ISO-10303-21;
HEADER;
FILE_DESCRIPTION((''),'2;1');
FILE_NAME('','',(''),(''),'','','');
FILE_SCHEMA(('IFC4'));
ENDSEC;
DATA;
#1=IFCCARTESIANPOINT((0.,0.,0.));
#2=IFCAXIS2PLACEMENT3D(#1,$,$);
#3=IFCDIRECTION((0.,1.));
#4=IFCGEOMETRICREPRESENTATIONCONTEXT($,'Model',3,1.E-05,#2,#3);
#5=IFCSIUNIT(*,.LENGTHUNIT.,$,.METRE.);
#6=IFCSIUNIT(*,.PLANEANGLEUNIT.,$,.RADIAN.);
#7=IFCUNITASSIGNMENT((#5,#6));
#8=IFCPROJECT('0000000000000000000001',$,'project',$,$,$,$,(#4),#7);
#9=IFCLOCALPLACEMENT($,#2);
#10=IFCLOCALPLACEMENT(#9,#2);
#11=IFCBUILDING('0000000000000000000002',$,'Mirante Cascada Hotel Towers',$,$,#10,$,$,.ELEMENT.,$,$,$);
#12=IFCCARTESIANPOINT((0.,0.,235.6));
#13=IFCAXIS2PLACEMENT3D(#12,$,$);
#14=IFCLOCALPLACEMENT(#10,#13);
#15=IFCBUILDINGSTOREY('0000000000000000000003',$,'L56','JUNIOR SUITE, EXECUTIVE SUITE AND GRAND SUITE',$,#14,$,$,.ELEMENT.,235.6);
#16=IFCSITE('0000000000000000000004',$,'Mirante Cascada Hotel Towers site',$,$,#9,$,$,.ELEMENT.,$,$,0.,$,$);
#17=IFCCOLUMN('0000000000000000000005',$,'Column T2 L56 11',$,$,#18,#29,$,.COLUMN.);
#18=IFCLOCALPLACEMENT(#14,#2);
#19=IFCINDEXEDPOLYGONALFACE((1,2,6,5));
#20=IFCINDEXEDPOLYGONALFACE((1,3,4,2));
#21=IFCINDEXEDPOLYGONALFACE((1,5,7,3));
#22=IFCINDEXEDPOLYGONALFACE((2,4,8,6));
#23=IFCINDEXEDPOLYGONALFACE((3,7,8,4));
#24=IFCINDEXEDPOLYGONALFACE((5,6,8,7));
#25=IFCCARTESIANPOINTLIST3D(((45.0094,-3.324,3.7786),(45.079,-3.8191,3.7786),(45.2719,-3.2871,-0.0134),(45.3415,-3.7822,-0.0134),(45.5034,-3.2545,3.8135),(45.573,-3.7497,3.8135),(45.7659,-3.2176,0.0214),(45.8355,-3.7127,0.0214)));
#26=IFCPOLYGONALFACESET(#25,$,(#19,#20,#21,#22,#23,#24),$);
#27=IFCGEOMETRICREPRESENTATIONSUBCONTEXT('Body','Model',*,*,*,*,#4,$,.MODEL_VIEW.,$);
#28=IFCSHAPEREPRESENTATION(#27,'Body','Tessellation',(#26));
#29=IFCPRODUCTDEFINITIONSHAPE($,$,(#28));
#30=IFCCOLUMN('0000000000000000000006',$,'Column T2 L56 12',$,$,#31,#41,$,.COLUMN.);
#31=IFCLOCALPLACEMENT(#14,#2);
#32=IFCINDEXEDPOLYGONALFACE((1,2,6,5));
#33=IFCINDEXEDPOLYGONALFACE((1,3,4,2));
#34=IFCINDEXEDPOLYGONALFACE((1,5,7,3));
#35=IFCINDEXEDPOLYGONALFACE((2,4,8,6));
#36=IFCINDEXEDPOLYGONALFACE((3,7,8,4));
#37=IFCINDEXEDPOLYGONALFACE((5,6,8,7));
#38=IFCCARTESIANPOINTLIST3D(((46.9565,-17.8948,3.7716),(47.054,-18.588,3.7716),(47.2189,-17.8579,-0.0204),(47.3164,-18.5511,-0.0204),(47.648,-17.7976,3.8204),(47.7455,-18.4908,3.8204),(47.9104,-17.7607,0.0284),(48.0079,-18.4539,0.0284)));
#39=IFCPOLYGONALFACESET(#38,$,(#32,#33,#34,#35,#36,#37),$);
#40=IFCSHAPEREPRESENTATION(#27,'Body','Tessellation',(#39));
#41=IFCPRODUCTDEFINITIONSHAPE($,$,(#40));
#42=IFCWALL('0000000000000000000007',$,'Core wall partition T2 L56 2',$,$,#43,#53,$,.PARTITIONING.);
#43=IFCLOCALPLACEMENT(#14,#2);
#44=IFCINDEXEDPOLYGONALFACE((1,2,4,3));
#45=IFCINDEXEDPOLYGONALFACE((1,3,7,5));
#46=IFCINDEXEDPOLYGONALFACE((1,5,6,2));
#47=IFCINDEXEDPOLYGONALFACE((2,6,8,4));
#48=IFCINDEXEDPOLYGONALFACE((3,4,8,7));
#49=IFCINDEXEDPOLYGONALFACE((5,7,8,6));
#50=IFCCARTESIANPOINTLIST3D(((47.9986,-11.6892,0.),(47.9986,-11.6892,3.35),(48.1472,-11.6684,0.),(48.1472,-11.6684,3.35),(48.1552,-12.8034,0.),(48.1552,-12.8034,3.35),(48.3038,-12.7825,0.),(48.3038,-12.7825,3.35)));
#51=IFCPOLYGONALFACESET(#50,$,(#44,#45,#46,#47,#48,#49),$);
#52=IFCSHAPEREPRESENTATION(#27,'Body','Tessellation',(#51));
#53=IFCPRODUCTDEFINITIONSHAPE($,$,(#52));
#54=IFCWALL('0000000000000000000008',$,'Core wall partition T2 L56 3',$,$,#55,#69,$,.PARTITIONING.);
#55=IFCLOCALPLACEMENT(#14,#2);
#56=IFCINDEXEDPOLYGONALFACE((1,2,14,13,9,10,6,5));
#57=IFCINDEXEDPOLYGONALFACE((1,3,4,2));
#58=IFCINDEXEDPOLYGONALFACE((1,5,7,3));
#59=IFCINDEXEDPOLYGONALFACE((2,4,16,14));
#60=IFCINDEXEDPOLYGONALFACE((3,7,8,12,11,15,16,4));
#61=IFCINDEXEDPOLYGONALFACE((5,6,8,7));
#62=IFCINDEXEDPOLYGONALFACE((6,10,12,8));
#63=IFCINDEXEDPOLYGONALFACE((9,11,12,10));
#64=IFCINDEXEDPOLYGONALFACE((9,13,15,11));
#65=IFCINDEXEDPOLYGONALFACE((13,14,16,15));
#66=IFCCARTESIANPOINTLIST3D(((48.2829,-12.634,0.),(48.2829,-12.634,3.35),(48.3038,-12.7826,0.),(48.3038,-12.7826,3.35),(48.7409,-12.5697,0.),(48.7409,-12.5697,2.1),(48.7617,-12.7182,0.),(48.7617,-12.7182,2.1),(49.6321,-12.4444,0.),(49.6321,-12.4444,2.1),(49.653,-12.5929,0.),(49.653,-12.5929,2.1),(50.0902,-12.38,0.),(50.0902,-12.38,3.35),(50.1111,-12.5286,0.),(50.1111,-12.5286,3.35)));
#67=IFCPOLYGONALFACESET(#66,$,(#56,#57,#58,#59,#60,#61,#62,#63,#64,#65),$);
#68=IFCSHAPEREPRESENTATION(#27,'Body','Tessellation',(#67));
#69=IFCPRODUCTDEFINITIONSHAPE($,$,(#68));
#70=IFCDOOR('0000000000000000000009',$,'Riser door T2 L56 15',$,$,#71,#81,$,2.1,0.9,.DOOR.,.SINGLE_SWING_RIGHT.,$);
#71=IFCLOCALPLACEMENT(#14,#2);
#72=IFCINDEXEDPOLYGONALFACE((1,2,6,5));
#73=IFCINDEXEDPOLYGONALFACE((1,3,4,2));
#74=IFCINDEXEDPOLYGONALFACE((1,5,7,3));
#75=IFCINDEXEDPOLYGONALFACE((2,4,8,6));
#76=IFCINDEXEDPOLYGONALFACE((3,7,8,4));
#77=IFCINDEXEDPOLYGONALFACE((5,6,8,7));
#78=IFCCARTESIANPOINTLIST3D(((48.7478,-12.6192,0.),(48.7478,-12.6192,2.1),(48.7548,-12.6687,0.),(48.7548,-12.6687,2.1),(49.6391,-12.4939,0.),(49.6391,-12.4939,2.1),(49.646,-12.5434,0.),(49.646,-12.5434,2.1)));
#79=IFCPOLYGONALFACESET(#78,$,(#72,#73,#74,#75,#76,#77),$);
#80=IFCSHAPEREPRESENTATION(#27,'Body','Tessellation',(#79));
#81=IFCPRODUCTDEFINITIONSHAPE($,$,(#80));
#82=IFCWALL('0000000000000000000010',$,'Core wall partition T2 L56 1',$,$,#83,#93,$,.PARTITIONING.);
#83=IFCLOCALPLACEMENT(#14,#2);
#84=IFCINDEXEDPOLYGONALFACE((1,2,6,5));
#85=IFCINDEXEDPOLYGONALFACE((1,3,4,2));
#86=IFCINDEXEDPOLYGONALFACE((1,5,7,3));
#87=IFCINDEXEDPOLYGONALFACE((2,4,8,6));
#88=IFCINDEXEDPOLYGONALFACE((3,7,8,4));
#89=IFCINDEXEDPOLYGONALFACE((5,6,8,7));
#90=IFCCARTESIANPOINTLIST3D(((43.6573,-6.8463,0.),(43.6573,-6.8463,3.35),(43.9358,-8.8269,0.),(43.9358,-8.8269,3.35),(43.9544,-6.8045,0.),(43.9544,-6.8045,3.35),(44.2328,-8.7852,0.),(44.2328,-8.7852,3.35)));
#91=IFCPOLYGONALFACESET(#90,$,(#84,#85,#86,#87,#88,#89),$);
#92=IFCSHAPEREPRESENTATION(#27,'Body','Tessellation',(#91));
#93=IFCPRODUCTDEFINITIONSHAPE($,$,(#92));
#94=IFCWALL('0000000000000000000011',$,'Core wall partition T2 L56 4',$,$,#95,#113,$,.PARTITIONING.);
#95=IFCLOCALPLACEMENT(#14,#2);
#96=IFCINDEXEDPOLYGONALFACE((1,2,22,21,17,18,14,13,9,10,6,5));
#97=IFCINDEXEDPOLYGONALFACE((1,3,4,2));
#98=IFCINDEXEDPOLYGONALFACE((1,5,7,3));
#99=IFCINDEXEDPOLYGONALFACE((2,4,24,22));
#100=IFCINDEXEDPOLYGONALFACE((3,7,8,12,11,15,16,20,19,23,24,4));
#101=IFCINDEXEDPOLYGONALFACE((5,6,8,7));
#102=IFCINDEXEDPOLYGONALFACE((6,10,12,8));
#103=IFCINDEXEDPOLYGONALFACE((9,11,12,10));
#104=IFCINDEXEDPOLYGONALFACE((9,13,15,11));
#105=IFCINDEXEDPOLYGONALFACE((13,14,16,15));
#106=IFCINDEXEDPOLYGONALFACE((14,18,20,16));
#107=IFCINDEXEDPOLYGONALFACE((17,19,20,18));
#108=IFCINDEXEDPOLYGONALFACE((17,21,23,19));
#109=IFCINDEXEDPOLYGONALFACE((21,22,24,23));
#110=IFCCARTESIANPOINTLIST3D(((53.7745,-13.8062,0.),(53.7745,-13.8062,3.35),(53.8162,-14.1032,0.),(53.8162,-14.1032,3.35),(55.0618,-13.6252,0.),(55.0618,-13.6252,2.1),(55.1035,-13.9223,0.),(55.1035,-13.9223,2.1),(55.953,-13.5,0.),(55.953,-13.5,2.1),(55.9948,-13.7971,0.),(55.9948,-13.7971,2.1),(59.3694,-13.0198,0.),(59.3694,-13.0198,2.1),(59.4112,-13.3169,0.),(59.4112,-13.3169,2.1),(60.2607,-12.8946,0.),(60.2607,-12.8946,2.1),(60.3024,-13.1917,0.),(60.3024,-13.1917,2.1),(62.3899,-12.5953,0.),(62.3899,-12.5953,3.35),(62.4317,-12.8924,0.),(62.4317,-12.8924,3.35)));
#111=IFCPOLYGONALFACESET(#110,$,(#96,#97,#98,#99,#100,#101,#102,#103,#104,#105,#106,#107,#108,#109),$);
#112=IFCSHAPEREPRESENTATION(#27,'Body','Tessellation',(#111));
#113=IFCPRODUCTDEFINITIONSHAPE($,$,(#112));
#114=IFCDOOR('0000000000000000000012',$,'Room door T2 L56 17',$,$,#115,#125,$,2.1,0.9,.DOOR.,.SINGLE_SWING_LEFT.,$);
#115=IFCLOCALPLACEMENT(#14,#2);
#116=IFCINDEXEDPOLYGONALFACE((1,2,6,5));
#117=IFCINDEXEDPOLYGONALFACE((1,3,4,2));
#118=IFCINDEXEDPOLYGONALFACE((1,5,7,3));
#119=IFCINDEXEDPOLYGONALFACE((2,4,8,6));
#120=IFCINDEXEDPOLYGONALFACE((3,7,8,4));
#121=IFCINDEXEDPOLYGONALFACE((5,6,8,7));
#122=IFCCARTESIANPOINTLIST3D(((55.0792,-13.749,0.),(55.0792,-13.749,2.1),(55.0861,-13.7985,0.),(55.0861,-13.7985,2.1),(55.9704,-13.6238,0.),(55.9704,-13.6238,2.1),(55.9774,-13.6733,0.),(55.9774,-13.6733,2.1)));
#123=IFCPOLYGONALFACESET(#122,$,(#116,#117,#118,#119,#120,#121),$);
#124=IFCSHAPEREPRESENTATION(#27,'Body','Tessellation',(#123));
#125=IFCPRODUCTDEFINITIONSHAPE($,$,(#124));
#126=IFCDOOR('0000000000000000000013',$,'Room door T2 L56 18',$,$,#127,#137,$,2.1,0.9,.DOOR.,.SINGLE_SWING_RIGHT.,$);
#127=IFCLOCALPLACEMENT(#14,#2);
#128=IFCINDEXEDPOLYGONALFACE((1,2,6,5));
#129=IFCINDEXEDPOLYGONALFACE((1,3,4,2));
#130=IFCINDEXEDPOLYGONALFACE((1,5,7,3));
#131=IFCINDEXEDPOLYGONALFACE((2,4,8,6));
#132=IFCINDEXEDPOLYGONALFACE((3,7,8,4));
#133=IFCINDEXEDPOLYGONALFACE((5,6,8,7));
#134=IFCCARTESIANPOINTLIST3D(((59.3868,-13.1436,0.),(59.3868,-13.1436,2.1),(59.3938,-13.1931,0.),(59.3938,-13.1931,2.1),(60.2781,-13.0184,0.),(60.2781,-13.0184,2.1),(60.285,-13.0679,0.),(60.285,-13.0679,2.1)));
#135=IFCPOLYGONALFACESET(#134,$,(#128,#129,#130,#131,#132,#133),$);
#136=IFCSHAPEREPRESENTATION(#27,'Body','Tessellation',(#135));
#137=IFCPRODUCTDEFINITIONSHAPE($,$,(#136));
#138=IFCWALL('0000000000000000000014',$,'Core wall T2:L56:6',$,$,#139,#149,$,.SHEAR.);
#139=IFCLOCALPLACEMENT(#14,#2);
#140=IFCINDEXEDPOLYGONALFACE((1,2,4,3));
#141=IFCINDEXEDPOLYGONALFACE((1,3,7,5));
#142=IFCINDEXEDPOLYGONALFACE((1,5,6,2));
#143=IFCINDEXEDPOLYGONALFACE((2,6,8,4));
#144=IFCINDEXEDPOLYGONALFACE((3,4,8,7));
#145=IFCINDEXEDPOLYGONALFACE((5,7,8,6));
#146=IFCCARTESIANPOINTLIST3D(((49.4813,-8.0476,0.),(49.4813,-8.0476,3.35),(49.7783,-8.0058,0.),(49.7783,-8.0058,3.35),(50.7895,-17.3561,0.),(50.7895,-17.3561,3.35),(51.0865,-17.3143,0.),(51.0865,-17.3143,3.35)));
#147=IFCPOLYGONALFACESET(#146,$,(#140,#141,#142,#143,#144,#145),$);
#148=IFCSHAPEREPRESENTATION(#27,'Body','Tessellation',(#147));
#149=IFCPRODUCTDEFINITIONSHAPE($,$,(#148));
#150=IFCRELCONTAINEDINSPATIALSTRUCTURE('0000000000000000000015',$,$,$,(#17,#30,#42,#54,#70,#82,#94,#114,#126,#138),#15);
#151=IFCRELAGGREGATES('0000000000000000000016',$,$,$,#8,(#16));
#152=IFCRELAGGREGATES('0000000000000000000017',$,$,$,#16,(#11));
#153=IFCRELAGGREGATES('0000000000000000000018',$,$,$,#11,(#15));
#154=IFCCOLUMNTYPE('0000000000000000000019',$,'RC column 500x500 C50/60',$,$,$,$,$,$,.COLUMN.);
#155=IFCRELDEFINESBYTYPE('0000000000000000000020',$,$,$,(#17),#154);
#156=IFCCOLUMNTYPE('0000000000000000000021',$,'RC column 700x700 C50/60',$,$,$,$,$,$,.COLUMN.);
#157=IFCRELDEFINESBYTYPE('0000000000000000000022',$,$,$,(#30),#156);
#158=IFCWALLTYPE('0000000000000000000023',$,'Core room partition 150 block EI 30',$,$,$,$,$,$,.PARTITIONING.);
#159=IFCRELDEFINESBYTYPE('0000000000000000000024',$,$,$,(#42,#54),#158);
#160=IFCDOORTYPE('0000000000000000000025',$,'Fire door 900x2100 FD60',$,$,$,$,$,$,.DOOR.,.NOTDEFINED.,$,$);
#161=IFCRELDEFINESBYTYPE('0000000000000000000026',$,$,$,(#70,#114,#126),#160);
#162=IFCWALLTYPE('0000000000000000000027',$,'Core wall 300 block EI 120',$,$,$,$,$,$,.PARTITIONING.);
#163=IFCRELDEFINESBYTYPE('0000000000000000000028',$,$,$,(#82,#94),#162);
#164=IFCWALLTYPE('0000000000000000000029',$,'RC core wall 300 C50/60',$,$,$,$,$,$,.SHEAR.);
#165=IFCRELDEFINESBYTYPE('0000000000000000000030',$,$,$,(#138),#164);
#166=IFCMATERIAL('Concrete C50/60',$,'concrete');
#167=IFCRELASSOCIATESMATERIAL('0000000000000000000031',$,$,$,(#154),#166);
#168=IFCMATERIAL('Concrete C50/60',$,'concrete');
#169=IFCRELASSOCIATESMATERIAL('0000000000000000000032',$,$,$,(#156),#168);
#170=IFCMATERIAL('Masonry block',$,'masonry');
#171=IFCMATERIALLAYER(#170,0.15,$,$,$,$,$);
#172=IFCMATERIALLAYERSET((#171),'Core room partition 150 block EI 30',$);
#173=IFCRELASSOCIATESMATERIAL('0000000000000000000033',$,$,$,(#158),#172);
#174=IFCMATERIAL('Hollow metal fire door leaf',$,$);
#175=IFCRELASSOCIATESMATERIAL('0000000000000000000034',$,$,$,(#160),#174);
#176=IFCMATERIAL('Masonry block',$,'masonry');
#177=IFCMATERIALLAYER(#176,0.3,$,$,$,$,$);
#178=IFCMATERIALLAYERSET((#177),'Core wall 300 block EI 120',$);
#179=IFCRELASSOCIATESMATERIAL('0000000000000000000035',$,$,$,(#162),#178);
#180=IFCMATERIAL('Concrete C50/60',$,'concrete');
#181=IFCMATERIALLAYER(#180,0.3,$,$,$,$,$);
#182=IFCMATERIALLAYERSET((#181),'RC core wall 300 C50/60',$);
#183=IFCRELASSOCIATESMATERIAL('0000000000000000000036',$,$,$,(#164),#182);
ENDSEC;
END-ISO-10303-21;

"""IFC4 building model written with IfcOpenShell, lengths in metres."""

from ifc_helpers import new_model, si_unit, direction, frame, frame_2d, origin, origin_2d, place, context, subcontext, project, spatial, rectangle, extrude, material, layer, layer_set, material_profile, profile_set, type_object, element, fill, save


model = new_model("IFC4")

# Units and contexts
model_context = context("Model", 3, precision=1e-05, world=origin(), true_north=direction((0.0, 1.0)))
body_context = subcontext(model_context, "Body", "Model", "MODEL_VIEW")
ifc_project = project(units=[si_unit("LENGTHUNIT", "METRE"), si_unit("PLANEANGLEUNIT", "RADIAN")], contexts=[model_context])

# Site, building, storey
site_placement = place(None, origin())
site = spatial("IfcSite", under=ifc_project, at=site_placement, Name="Mirante Cascada Hotel Towers site", CompositionType="ELEMENT", RefElevation=0.0)
building_placement = place(site_placement, origin())
building = spatial("IfcBuilding", under=site, at=building_placement, Name="Mirante Cascada Hotel Towers", CompositionType="ELEMENT")
storey_placement = place(building_placement, frame((0.0, 0.0, 235.6)))
storey = spatial("IfcBuildingStorey", under=building, at=storey_placement, Name="L56", Description="JUNIOR SUITE, EXECUTIVE SUITE AND GRAND SUITE", CompositionType="ELEMENT", Elevation=235.6)

# Columns
ifc_material_1 = material(Name="Concrete C50/60", Category="concrete")
ifc_material_profile_1 = material_profile(ifc_material_1, rectangle(XDim=0.5, YDim=0.5, at=origin_2d()), Name="RC column 500x500 C50/60")
ifc_profile_set_1 = profile_set([ifc_material_profile_1], Name="Concrete C50/60")
column_type_1 = type_object("IfcColumnType", Name="RC column 500x500 C50/60", PredefinedType="COLUMN", material=ifc_profile_set_1)
column_1_placement = place(storey_placement, frame((45.5537, -3.4999, 0.004), z_axis=(-0.069056, -0.009707, 0.997565), x_axis=(0.139203, -0.990264, 0.0)))
element("IfcColumn", 1, at=column_1_placement, inside=storey, type_object=column_type_1, Name="Column T2 L56 11", PredefinedType="COLUMN", context=body_context, shape_type="SweptSolid", body=[
    extrude(rectangle(XDim=0.5, YDim=0.5, at=origin_2d()), origin(), (0.0, 0.0, 1.0), 3.8013),
])
ifc_material_2 = material(Name="Concrete C50/60", Category="concrete")
ifc_material_profile_2 = material_profile(ifc_material_2, rectangle(XDim=0.7, YDim=0.7, at=origin_2d()), Name="RC column 700x700 C50/60")
ifc_profile_set_2 = profile_set([ifc_material_profile_2], Name="Concrete C50/60")
column_type_2 = type_object("IfcColumnType", Name="RC column 700x700 C50/60", PredefinedType="COLUMN", material=ifc_profile_set_2)
column_2_placement = place(storey_placement, frame((47.6134, -18.1559, 0.004), z_axis=(-0.06903, -0.009707, 0.997567), x_axis=(0.139255, -0.990257, 0.0)))
element("IfcColumn", 2, at=column_2_placement, inside=storey, type_object=column_type_2, Name="Column T2 L56 12", PredefinedType="COLUMN", context=body_context, shape_type="SweptSolid", body=[
    extrude(rectangle(XDim=0.7, YDim=0.7, at=origin_2d()), origin(), (0.0, 0.0, 1.0), 3.8012),
])

# Wall
ifc_material_3 = material(Name="Masonry block", Category="masonry")
ifc_layer_1 = layer(ifc_material_3, 0.15)
ifc_layer_set_1 = layer_set([ifc_layer_1], Name="Core room partition 150 block EI 30")
wall_type_1 = type_object("IfcWallType", Name="Core room partition 150 block EI 30", PredefinedType="PARTITIONING", material=ifc_layer_set_1)
wall_1_placement = place(storey_placement, frame((48.2295, -12.793, 0.0), z_axis=(0.0, 0.0, 1.0), x_axis=(-0.139193, 0.990265, 0.0)))
element("IfcWall", 3, at=wall_1_placement, inside=storey, type_object=wall_type_1, Name="Core wall partition T2 L56 2", PredefinedType="PARTITIONING", context=body_context, shape_type="SweptSolid", body=[
    extrude(rectangle(XDim=1.1251, YDim=0.15, at=frame_2d((0.5626, 0.0))), origin(), (0.0, 0.0, 1.0), 3.35),
])

# Wall, opening, door
wall_2_placement = place(storey_placement, frame((48.2933, -12.7083, 0.0), z_axis=(0.0, 0.0, 1.0), x_axis=(0.990268, 0.139173, 0.0)))
wall_2 = element("IfcWall", 4, at=wall_2_placement, inside=storey, type_object=wall_type_1, Name="Core wall partition T2 L56 3", PredefinedType="PARTITIONING", context=body_context, shape_type="SweptSolid", body=[
    extrude(rectangle(XDim=1.8251, YDim=0.15, at=frame_2d((0.9126, 0.0))), origin(), (0.0, 0.0, 1.0), 3.35),
])
opening_1_placement = place(wall_2_placement, frame((0.4625, 0.0, 0.0)))
opening_1 = element("IfcOpeningElement", 5, at=opening_1_placement, cuts=wall_2, PredefinedType="OPENING", context=body_context, shape_type="SweptSolid", body=[
    extrude(rectangle(XDim=0.9, YDim=2.1, at=frame_2d((0.45, 1.05))), frame((0.0, 0.075, 0.0), z_axis=(0.0, -1.0, 0.0), x_axis=(1.0, 0.0, 0.0)), (0.0, 0.0, 1.0), 0.15),
])
ifc_material_4 = material(Name="Hollow metal fire door leaf")
door_type_1 = type_object("IfcDoorType", Name="Fire door 900x2100 FD60", OperationType="NOTDEFINED", PredefinedType="DOOR", material=ifc_material_4)
door_1_placement = place(opening_1_placement, frame((0.9, 0.0, 0.0), z_axis=(0.0, 0.0, 1.0), x_axis=(-1.0, 0.0, 0.0)))
door_1 = element("IfcDoor", 6, at=door_1_placement, inside=storey, type_object=door_type_1, Name="Riser door T2 L56 15", OperationType="SINGLE_SWING_RIGHT", OverallHeight=2.1, OverallWidth=0.9, PredefinedType="DOOR", context=body_context, shape_type="SweptSolid", body=[
    extrude(rectangle(XDim=0.9, YDim=2.1, at=frame_2d((0.45, 1.05))), frame((0.0, 0.025, 0.0), z_axis=(0.0, -1.0, 0.0), x_axis=(1.0, 0.0, 0.0)), (0.0, 0.0, 1.0), 0.05),
])
fill(opening_1, door_1)

# Wall
ifc_material_5 = material(Name="Masonry block", Category="masonry")
ifc_layer_2 = layer(ifc_material_5, 0.3)
ifc_layer_set_2 = layer_set([ifc_layer_2], Name="Core wall 300 block EI 120")
wall_type_2 = type_object("IfcWallType", Name="Core wall 300 block EI 120", PredefinedType="PARTITIONING", material=ifc_layer_set_2)
wall_3_placement = place(storey_placement, frame((44.0843, -8.8061, 0.0), z_axis=(0.0, 0.0, 1.0), x_axis=(-0.139195, 0.990265, 0.0)))
element("IfcWall", 7, at=wall_3_placement, inside=storey, type_object=wall_type_2, Name="Core wall partition T2 L56 1", PredefinedType="PARTITIONING", context=body_context, shape_type="SweptSolid", body=[
    extrude(rectangle(XDim=2.0001, YDim=0.3, at=frame_2d((1.0001, 0.0))), origin(), (0.0, 0.0, 1.0), 3.35),
])

# Wall, openings, doors
wall_4_placement = place(storey_placement, frame((53.7953, -13.9547, 0.0), z_axis=(0.0, 0.0, 1.0), x_axis=(0.990268, 0.139171, 0.0)))
wall_4 = element("IfcWall", 8, at=wall_4_placement, inside=storey, type_object=wall_type_2, Name="Core wall partition T2 L56 4", PredefinedType="PARTITIONING", context=body_context, shape_type="SweptSolid", body=[
    extrude(rectangle(XDim=8.7001, YDim=0.3, at=frame_2d((4.3501, 0.0))), origin(), (0.0, 0.0, 1.0), 3.35),
])
opening_2_placement = place(wall_4_placement, frame((1.3, 0.0, 0.0)))
opening_2 = element("IfcOpeningElement", 9, at=opening_2_placement, cuts=wall_4, PredefinedType="OPENING", context=body_context, shape_type="SweptSolid", body=[
    extrude(rectangle(XDim=0.9, YDim=2.1, at=frame_2d((0.45, 1.05))), frame((0.0, 0.15, 0.0), z_axis=(0.0, -1.0, 0.0), x_axis=(1.0, 0.0, 0.0)), (0.0, 0.0, 1.0), 0.3),
])
opening_3_placement = place(wall_4_placement, frame((5.65, 0.0, 0.0)))
opening_3 = element("IfcOpeningElement", 10, at=opening_3_placement, cuts=wall_4, PredefinedType="OPENING", context=body_context, shape_type="SweptSolid", body=[
    extrude(rectangle(XDim=0.9, YDim=2.1, at=frame_2d((0.45, 1.05))), frame((0.0, 0.15, 0.0), z_axis=(0.0, -1.0, 0.0), x_axis=(1.0, 0.0, 0.0)), (0.0, 0.0, 1.0), 0.3),
])
door_2_placement = place(opening_2_placement, frame((0.9, 0.0, 0.0), z_axis=(0.0, 0.0, 1.0), x_axis=(-1.0, 0.0, 0.0)))
door_2 = element("IfcDoor", 11, at=door_2_placement, inside=storey, type_object=door_type_1, Name="Room door T2 L56 17", OperationType="SINGLE_SWING_LEFT", OverallHeight=2.1, OverallWidth=0.9, PredefinedType="DOOR", context=body_context, shape_type="SweptSolid", body=[
    extrude(rectangle(XDim=0.9, YDim=2.1, at=frame_2d((0.45, 1.05))), frame((0.0, 0.025, 0.0), z_axis=(0.0, -1.0, 0.0), x_axis=(1.0, 0.0, 0.0)), (0.0, 0.0, 1.0), 0.05),
])
fill(opening_2, door_2)
door_3_placement = place(opening_3_placement, frame((0.9, 0.0, 0.0), z_axis=(0.0, 0.0, 1.0), x_axis=(-1.0, 0.0, 0.0)))
door_3 = element("IfcDoor", 12, at=door_3_placement, inside=storey, type_object=door_type_1, Name="Room door T2 L56 18", OperationType="SINGLE_SWING_RIGHT", OverallHeight=2.1, OverallWidth=0.9, PredefinedType="DOOR", context=body_context, shape_type="SweptSolid", body=[
    extrude(rectangle(XDim=0.9, YDim=2.1, at=frame_2d((0.45, 1.05))), frame((0.0, 0.025, 0.0), z_axis=(0.0, -1.0, 0.0), x_axis=(1.0, 0.0, 0.0)), (0.0, 0.0, 1.0), 0.05),
])
fill(opening_3, door_3)

# Wall
ifc_material_6 = material(Name="Concrete C50/60", Category="concrete")
ifc_layer_3 = layer(ifc_material_6, 0.3)
ifc_layer_set_3 = layer_set([ifc_layer_3], Name="RC core wall 300 C50/60")
wall_type_3 = type_object("IfcWallType", Name="RC core wall 300 C50/60", PredefinedType="SHEAR", material=ifc_layer_set_3)
wall_5_placement = place(storey_placement, frame((50.938, -17.3352, 0.0), z_axis=(0.0, 0.0, 1.0), x_axis=(-0.139171, 0.990268, 0.0)))
element("IfcWall", 13, at=wall_5_placement, inside=storey, type_object=wall_type_3, Name="Core wall T2:L56:6", PredefinedType="SHEAR", context=body_context, shape_type="SweptSolid", body=[
    extrude(rectangle(XDim=9.4, YDim=0.3, at=frame_2d((4.7, 0.0))), origin(), (0.0, 0.0, 1.0), 3.35),
])

save(model, "model.ifc")
